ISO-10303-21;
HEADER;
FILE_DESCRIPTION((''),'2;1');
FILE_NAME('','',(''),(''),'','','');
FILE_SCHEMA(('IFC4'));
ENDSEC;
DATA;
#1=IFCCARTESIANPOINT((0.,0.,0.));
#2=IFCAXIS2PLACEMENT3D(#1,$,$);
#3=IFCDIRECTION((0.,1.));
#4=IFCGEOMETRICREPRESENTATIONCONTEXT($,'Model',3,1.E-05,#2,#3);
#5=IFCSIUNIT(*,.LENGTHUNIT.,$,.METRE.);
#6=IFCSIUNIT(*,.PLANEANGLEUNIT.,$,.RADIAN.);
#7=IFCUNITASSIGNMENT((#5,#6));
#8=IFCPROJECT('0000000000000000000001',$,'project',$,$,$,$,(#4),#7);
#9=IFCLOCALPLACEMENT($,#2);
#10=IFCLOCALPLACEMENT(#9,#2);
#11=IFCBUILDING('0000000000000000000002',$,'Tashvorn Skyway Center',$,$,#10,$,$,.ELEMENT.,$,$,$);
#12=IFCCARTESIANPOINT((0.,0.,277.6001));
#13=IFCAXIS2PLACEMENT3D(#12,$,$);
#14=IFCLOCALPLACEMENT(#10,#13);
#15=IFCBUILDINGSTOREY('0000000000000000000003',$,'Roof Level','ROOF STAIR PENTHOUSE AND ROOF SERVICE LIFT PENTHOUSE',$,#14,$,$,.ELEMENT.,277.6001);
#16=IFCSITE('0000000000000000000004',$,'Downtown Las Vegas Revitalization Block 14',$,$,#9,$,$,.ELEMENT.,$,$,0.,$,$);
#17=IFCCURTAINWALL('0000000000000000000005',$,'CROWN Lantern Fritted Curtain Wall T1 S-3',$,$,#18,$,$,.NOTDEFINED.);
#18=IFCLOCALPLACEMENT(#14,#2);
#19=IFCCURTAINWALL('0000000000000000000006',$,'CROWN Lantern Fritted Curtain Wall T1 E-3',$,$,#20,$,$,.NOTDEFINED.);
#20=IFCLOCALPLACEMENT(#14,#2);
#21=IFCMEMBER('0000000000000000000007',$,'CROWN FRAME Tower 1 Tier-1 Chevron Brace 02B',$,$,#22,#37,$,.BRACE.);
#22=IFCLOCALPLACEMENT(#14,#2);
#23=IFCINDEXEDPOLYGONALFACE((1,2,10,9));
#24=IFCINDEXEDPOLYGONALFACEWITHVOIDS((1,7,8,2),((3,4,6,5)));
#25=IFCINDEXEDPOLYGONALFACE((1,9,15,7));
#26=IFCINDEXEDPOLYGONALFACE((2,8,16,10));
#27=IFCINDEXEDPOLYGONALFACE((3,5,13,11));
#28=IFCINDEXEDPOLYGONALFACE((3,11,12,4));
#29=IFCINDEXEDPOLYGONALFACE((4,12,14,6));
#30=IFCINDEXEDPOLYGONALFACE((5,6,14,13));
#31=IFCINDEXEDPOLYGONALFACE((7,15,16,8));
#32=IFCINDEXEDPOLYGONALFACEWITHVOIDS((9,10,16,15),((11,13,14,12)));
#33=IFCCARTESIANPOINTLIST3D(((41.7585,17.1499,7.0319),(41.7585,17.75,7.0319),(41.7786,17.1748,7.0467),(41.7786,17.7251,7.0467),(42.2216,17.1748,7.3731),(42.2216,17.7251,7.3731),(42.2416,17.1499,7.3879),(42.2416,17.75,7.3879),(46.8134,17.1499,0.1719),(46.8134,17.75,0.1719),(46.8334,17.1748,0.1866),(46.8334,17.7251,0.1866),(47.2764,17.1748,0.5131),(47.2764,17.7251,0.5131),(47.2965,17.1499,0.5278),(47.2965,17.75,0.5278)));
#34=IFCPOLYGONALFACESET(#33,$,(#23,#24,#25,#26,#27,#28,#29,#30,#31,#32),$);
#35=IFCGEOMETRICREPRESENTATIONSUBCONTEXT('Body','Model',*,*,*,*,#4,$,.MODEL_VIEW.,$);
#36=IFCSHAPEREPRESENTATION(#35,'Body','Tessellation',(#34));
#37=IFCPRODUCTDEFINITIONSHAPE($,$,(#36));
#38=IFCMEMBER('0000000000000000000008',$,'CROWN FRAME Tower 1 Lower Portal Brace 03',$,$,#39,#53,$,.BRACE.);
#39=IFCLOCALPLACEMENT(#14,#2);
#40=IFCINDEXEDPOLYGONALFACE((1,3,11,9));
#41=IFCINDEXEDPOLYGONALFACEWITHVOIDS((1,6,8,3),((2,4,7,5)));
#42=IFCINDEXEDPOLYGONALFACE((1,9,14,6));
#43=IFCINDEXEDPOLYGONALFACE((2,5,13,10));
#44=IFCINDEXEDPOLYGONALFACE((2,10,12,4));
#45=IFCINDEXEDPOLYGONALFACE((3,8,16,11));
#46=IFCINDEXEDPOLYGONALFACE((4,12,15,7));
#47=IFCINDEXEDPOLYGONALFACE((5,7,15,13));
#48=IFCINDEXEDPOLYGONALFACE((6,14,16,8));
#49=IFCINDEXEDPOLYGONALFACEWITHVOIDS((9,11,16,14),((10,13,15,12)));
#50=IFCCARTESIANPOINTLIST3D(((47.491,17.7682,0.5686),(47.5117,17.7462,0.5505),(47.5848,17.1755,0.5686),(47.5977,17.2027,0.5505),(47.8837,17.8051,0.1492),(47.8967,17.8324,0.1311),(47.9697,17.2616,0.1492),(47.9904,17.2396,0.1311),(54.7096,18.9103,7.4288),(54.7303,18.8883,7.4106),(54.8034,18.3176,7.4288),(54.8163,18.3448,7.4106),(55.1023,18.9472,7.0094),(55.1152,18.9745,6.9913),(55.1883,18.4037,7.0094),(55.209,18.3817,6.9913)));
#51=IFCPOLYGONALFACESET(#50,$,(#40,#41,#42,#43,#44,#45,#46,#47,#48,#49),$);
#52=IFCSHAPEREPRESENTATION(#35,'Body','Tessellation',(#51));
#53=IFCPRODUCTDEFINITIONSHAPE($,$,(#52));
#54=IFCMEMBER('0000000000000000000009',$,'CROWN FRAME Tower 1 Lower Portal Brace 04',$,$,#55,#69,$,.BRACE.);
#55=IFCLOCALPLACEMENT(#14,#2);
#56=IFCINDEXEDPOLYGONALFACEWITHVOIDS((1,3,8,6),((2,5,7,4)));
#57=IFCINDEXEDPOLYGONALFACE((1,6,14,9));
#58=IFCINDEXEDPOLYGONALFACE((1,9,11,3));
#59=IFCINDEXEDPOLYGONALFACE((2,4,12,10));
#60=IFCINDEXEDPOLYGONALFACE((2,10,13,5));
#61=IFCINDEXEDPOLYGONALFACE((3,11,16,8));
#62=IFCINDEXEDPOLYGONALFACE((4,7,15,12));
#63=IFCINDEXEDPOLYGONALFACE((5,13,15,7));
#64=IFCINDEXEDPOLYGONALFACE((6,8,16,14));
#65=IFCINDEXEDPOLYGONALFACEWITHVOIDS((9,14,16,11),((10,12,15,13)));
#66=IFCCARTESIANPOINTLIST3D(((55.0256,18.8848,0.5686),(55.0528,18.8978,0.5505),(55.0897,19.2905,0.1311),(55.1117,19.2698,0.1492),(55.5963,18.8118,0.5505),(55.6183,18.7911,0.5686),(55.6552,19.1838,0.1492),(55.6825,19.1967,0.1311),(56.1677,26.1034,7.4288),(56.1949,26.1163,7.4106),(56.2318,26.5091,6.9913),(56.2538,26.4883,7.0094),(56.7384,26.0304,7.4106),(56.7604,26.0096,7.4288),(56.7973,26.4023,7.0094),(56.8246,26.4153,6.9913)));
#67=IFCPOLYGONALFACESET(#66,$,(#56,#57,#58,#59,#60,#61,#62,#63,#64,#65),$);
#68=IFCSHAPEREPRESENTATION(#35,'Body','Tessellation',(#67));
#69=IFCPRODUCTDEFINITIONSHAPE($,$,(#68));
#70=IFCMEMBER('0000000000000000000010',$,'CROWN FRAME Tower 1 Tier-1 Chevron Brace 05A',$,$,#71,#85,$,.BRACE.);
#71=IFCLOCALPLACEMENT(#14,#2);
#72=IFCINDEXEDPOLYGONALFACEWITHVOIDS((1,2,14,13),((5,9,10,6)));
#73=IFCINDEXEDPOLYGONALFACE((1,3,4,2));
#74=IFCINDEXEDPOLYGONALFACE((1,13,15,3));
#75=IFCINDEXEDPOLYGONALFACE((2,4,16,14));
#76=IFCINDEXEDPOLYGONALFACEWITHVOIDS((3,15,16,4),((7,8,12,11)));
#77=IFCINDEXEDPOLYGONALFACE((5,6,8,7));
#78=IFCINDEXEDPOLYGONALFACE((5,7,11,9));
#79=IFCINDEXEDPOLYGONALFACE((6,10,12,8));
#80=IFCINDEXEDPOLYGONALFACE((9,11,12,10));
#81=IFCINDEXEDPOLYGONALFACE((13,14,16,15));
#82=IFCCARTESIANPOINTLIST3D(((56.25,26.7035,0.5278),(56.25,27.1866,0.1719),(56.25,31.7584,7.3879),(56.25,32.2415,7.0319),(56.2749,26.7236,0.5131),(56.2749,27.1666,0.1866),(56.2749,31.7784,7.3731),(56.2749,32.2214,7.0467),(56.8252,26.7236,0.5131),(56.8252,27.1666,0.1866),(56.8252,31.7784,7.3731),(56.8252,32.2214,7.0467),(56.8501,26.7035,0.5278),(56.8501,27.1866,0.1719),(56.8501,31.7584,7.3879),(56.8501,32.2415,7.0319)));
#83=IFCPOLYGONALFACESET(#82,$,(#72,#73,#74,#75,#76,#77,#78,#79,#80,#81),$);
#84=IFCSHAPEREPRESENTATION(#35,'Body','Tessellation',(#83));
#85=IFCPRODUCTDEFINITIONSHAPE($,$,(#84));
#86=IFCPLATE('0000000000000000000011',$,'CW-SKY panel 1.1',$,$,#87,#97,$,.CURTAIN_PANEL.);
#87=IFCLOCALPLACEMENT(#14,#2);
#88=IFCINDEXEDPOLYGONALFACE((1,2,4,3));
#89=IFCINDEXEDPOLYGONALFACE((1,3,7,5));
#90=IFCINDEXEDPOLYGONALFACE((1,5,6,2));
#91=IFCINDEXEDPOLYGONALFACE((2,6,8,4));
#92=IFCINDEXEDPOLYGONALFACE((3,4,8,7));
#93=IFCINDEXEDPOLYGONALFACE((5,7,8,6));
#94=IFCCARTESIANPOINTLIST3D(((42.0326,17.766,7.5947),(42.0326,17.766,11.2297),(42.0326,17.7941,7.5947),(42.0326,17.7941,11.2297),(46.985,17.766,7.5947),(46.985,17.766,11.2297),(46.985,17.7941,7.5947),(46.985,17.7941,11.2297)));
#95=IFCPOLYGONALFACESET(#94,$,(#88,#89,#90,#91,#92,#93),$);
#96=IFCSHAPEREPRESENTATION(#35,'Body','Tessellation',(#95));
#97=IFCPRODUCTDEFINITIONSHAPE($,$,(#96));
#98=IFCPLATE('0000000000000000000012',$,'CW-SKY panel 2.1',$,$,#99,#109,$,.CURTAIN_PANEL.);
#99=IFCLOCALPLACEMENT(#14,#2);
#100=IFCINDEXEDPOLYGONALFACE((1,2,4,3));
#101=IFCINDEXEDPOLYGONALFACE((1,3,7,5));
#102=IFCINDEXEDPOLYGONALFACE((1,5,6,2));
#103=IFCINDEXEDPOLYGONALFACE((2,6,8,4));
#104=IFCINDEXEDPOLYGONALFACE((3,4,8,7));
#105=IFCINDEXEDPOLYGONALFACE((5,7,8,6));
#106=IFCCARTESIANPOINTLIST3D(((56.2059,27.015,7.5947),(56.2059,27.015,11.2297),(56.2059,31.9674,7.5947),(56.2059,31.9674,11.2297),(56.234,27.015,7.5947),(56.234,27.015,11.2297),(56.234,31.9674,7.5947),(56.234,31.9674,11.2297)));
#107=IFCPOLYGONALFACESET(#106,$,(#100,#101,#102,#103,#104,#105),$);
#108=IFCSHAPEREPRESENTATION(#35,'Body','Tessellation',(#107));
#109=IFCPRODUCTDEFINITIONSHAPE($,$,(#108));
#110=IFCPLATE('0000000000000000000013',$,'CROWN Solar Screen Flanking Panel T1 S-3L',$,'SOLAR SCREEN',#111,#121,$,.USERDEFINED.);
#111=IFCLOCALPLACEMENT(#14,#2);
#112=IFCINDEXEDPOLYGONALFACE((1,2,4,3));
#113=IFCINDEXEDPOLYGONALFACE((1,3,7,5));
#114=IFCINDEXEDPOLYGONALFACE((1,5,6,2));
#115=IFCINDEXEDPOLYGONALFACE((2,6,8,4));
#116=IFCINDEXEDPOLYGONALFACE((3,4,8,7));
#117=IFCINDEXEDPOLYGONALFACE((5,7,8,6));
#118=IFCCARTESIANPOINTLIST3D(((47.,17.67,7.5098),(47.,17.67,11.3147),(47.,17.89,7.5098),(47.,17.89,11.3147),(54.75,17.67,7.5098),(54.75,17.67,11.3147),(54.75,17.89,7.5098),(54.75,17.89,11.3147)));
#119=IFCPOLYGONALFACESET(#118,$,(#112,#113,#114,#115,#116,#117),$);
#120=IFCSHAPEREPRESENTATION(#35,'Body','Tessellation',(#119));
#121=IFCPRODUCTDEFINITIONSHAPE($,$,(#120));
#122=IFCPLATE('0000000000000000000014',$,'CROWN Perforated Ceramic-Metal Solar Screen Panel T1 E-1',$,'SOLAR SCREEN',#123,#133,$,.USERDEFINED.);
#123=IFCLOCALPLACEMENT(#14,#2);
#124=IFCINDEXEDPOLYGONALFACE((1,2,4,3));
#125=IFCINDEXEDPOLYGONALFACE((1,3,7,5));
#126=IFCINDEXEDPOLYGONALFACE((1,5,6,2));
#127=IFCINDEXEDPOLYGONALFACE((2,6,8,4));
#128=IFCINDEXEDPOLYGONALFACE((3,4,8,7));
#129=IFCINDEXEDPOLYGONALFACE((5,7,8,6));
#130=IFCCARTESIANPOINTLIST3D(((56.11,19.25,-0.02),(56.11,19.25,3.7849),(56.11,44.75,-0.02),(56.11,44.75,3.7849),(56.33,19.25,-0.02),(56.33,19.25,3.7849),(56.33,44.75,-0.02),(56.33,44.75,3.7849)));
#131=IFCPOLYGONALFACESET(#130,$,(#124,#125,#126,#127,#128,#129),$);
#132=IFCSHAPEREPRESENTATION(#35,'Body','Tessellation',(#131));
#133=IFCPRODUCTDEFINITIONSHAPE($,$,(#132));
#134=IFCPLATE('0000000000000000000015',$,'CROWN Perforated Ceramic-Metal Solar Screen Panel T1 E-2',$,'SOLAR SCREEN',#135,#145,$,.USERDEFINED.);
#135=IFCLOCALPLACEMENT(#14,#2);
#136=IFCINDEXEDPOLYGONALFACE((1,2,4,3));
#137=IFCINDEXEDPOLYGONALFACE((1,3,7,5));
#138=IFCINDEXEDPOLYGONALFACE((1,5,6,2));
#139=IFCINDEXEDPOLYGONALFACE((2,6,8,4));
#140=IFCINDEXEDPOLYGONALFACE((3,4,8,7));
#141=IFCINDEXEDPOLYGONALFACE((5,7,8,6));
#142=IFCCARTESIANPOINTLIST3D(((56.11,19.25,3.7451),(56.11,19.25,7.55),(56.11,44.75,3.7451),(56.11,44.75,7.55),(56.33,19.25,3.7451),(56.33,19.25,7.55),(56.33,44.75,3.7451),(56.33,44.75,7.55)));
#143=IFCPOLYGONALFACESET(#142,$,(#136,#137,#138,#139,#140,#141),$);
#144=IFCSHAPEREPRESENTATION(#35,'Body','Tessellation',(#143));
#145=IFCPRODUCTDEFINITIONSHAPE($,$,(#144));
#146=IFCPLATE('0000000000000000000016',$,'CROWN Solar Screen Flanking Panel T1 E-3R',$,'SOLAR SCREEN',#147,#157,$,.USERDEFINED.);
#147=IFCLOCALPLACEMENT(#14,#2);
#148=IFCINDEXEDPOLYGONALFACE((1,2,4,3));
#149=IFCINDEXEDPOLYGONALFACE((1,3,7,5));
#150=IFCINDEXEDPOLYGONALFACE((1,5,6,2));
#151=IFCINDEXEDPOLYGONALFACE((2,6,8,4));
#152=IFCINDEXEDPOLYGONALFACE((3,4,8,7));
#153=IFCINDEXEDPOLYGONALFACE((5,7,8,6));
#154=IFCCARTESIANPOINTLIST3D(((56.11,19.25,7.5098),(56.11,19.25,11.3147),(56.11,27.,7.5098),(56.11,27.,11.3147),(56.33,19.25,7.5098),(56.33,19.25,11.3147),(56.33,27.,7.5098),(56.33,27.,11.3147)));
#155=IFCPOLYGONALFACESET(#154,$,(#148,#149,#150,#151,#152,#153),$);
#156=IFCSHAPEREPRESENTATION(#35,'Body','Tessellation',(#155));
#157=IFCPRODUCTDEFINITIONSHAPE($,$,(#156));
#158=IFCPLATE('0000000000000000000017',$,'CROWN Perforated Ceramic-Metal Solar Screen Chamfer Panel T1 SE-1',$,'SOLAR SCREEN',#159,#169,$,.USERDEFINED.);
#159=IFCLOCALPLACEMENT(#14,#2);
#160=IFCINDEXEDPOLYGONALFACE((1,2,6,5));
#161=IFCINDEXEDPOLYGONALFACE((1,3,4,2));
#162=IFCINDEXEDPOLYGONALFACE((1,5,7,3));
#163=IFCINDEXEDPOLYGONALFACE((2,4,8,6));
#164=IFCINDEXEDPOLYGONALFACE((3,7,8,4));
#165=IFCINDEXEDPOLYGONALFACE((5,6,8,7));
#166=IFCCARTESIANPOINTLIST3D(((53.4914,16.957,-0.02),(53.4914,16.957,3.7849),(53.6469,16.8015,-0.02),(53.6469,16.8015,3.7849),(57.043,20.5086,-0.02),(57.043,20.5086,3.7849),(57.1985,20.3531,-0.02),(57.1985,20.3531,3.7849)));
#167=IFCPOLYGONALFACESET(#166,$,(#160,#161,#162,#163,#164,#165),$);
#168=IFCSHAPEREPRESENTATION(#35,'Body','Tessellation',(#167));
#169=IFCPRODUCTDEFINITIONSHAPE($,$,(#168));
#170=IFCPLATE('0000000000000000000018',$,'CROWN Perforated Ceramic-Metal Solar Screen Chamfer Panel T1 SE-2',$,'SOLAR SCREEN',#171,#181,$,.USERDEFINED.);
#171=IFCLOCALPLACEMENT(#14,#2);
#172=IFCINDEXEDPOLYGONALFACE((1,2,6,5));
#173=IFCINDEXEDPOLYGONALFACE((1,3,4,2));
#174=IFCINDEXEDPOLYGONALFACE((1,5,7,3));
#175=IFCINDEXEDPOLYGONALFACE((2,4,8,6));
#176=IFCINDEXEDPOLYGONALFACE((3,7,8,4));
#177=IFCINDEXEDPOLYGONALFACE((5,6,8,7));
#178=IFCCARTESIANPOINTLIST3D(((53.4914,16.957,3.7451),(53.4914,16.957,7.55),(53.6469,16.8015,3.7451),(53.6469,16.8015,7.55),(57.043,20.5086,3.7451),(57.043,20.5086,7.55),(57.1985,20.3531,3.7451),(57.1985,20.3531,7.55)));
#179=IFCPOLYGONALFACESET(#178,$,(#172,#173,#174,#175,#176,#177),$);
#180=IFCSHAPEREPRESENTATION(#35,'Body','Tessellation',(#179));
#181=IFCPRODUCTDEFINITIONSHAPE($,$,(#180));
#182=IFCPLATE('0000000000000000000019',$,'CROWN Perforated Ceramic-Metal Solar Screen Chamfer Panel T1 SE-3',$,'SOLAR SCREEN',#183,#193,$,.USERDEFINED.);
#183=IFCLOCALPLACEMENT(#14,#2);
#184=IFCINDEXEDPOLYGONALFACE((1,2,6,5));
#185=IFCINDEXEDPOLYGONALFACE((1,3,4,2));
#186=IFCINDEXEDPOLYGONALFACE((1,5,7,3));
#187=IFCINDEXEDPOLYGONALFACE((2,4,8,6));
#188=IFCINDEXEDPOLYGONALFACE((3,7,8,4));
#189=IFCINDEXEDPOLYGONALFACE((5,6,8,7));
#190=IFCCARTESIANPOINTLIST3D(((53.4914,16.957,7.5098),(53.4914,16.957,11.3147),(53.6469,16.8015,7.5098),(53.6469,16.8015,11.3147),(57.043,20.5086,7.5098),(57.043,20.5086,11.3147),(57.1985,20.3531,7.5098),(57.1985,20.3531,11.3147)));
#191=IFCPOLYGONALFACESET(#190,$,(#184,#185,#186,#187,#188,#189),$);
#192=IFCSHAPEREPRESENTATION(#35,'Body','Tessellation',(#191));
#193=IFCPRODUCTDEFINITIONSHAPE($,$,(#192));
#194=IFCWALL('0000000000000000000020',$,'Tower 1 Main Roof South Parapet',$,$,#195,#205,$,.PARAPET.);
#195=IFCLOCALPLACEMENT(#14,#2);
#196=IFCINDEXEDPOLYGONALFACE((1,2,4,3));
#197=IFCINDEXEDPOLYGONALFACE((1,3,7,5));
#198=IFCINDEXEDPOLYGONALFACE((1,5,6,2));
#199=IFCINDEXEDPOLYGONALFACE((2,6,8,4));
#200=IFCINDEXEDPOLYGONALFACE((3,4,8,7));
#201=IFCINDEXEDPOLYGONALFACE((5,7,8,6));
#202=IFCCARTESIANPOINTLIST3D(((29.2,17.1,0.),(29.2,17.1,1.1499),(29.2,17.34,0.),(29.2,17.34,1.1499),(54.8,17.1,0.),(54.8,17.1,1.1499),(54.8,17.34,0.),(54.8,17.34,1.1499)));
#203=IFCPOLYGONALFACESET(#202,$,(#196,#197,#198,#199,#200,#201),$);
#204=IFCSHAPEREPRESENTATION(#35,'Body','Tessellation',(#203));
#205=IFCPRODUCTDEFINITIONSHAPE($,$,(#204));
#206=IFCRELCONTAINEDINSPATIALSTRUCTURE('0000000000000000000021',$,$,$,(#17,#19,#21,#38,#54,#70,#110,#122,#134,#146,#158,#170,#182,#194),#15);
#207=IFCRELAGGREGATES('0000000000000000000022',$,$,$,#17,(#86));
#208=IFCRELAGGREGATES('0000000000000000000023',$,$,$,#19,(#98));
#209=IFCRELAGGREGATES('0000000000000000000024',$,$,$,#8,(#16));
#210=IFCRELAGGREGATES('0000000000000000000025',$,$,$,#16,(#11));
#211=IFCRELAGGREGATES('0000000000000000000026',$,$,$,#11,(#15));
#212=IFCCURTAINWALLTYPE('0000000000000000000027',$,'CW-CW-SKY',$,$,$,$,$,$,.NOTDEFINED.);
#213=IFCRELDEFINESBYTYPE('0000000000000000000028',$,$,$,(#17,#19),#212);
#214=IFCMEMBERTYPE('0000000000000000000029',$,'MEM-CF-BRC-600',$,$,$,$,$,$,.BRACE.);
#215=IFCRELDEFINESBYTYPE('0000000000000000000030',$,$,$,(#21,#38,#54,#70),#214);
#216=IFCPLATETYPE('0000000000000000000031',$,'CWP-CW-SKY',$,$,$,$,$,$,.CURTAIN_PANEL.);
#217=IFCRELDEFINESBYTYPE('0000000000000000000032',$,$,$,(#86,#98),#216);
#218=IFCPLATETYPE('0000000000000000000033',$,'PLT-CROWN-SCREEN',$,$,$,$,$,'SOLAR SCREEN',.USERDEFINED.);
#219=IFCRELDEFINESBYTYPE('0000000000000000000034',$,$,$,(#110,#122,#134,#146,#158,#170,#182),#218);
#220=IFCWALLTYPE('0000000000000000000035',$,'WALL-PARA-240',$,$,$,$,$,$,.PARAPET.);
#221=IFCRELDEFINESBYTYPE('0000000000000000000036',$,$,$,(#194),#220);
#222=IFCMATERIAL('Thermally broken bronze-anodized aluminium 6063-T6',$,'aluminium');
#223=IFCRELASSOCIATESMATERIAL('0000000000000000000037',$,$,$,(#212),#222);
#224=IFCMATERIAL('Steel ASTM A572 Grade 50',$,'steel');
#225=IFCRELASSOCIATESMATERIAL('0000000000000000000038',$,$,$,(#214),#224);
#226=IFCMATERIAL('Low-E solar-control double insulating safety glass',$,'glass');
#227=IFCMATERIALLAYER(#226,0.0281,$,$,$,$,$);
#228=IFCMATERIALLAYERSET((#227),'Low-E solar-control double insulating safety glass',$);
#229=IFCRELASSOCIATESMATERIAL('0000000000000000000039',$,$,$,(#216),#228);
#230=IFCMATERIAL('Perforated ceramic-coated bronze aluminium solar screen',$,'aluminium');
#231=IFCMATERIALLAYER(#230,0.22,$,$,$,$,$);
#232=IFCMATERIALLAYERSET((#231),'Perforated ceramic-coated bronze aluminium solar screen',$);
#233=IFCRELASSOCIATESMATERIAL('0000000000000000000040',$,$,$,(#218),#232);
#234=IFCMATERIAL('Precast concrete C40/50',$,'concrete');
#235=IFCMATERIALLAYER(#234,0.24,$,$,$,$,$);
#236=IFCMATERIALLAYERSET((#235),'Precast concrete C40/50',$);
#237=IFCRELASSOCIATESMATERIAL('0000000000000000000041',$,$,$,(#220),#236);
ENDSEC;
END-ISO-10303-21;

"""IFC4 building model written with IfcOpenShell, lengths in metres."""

from ifc_helpers import new_model, si_unit, direction, frame, frame_2d, origin, origin_2d, place, context, subcontext, project, spatial, rectangle, hollow_rectangle, extrude, material, layer, layer_set, material_profile, profile_set, type_object, element, aggregate, save


model = new_model("IFC4")

# Units and contexts
model_context = context("Model", 3, precision=1e-05, world=origin(), true_north=direction((0.0, 1.0)))
body_context = subcontext(model_context, "Body", "Model", "MODEL_VIEW")
ifc_project = project(units=[si_unit("LENGTHUNIT", "METRE"), si_unit("PLANEANGLEUNIT", "RADIAN")], contexts=[model_context])

# Site, building, storey
site_placement = place(None, origin())
site = spatial("IfcSite", under=ifc_project, at=site_placement, Name="Downtown Las Vegas Revitalization Block 14", CompositionType="ELEMENT", RefElevation=0.0)
building_placement = place(site_placement, origin())
building = spatial("IfcBuilding", under=site, at=building_placement, Name="Tashvorn Skyway Center", CompositionType="ELEMENT")
storey_placement = place(building_placement, frame((0.0, 0.0, 277.6001)))
storey = spatial("IfcBuildingStorey", under=building, at=storey_placement, Name="Roof Level", Description="ROOF STAIR PENTHOUSE AND ROOF SERVICE LIFT PENTHOUSE", CompositionType="ELEMENT", Elevation=277.6001)

# Shared definitions
ifc_material_1 = material(Name="Steel ASTM A572 Grade 50", Category="steel")

# Curtain wall
ifc_material_2 = material(Name="Thermally broken bronze-anodized aluminium 6063-T6", Category="aluminium")
curtain_wall_type = type_object("IfcCurtainWallType", Name="CW-CW-SKY", PredefinedType="NOTDEFINED", material=ifc_material_2)
curtain_wall_1_placement = place(storey_placement, origin())
curtain_wall_1 = element("IfcCurtainWall", 1, at=curtain_wall_1_placement, inside=storey, type_object=curtain_wall_type, Name="CROWN Lantern Fritted Curtain Wall T1 S-3", PredefinedType="NOTDEFINED")

# Curtain wall
curtain_wall_2_placement = place(storey_placement, origin())
curtain_wall_2 = element("IfcCurtainWall", 2, at=curtain_wall_2_placement, inside=storey, type_object=curtain_wall_type, Name="CROWN Lantern Fritted Curtain Wall T1 E-3", PredefinedType="NOTDEFINED")

# Members
ifc_material_profile_1 = material_profile(ifc_material_1, hollow_rectangle(XDim=0.6001, YDim=0.6001, WallThickness=0.0249, at=origin_2d()), Name="BOX600x600x25")
ifc_profile_set_1 = profile_set([ifc_material_profile_1], Name="Steel ASTM A572 Grade 50")
member_type_1 = type_object("IfcMemberType", Name="MEM-CF-BRC-600", PredefinedType="BRACE", material=ifc_profile_set_1)
member_1_placement = place(storey_placement, frame((47.0549, 17.45, 0.3499), z_axis=(-0.593208, 0.0, 0.805049), x_axis=(0.0, -1.0, 0.0)))
element("IfcMember", 3, at=member_1_placement, inside=storey, type_object=member_type_1, Name="CROWN FRAME Tower 1 Tier-1 Chevron Brace 02B", PredefinedType="BRACE", context=body_context, shape_type="SweptSolid", body=[
    extrude(hollow_rectangle(XDim=0.6001, YDim=0.6001, WallThickness=0.0249, at=origin_2d()), origin(), (0.0, 0.0, 1.0), 8.5212),
])
for number, where, z_axis, x_axis, name in (
    (4, (47.7407, 17.5039, 0.3499), (0.720152, 0.11394, 0.684397), (-0.156273, 0.987714, 0.0), "CROWN FRAME Tower 1 Lower Portal Brace 03"),
    (5, (55.354, 19.0408, 0.3499), (0.11394, 0.720152, 0.684397), (-0.987714, 0.156273, 0.0), "CROWN FRAME Tower 1 Lower Portal Brace 04"),
):
    element("IfcMember", number, at=place(storey_placement, frame(where, z_axis=z_axis, x_axis=x_axis)), inside=storey, type_object=member_type_1, Name=name, PredefinedType="BRACE", context=body_context, shape_type="SweptSolid", body=[
        extrude(hollow_rectangle(XDim=0.6001, YDim=0.6001, WallThickness=0.0249, at=origin_2d()), origin(), (0.0, 0.0, 1.0), 10.0237),
    ])
member_2_placement = place(storey_placement, frame((56.55, 26.9451, 0.3499), z_axis=(0.0, 0.593208, 0.805049), x_axis=(-1.0, 0.0, 0.0)))
element("IfcMember", 6, at=member_2_placement, inside=storey, type_object=member_type_1, Name="CROWN FRAME Tower 1 Tier-1 Chevron Brace 05A", PredefinedType="BRACE", context=body_context, shape_type="SweptSolid", body=[
    extrude(hollow_rectangle(XDim=0.6001, YDim=0.6001, WallThickness=0.0249, at=origin_2d()), origin(), (0.0, 0.0, 1.0), 8.5212),
])

# Plates
ifc_material_3 = material(Name="Low-E solar-control double insulating safety glass", Category="glass")
ifc_layer_1 = layer(ifc_material_3, 0.0281)
ifc_layer_set_1 = layer_set([ifc_layer_1], Name="Low-E solar-control double insulating safety glass")
plate_type_1 = type_object("IfcPlateType", Name="CWP-CW-SKY", PredefinedType="CURTAIN_PANEL", material=ifc_layer_set_1)
plate_1_placement = place(storey_placement, frame((44.5088, 17.78, 7.5947), z_axis=(0.0, 0.0, 1.0), x_axis=(-1.0, 0.0, 0.0)))
plate_1 = element("IfcPlate", 7, at=plate_1_placement, type_object=plate_type_1, Name="CW-SKY panel 1.1", PredefinedType="CURTAIN_PANEL", context=body_context, shape_type="SweptSolid", body=[
    extrude(rectangle(XDim=4.9524, YDim=0.0281, at=origin_2d()), origin(), (0.0, 0.0, 1.0), 3.635),
])
aggregate(curtain_wall_1, [plate_1])
plate_2_placement = place(storey_placement, frame((56.22, 29.4912, 7.5947), z_axis=(0.0, 0.0, 1.0), x_axis=(0.0, -1.0, 0.0)))
plate_2 = element("IfcPlate", 8, at=plate_2_placement, type_object=plate_type_1, Name="CW-SKY panel 2.1", PredefinedType="CURTAIN_PANEL", context=body_context, shape_type="SweptSolid", body=[
    extrude(rectangle(XDim=4.9524, YDim=0.0281, at=origin_2d()), origin(), (0.0, 0.0, 1.0), 3.635),
])
aggregate(curtain_wall_2, [plate_2])

# Plates
ifc_material_4 = material(Name="Perforated ceramic-coated bronze aluminium solar screen", Category="aluminium")
ifc_layer_2 = layer(ifc_material_4, 0.22)
ifc_layer_set_2 = layer_set([ifc_layer_2], Name="Perforated ceramic-coated bronze aluminium solar screen")
plate_type_2 = type_object("IfcPlateType", Name="PLT-CROWN-SCREEN", ElementType="SOLAR SCREEN", PredefinedType="USERDEFINED", material=ifc_layer_set_2)
plate_3_placement = place(storey_placement, frame((50.875, 17.78, 7.5098), z_axis=(0.0, 0.0, 1.0), x_axis=(1.0, 0.0, 0.0)))
element("IfcPlate", 9, at=plate_3_placement, inside=storey, type_object=plate_type_2, Name="CROWN Solar Screen Flanking Panel T1 S-3L", ObjectType="SOLAR SCREEN", PredefinedType="USERDEFINED", context=body_context, shape_type="SweptSolid", body=[
    extrude(rectangle(XDim=7.75, YDim=0.22, at=origin_2d()), origin(), (0.0, 0.0, 1.0), 3.8049),
])
for number, where, z_axis, x_axis, name in (
    (10, (56.22, 32.0, -0.02), (0.0, 0.0, 1.0), (0.0, 1.0, 0.0), "CROWN Perforated Ceramic-Metal Solar Screen Panel T1 E-1"),
    (11, (56.22, 32.0, 3.7451), (0.0, 0.0, 1.0), (0.0, 1.0, 0.0), "CROWN Perforated Ceramic-Metal Solar Screen Panel T1 E-2"),
):
    element("IfcPlate", number, at=place(storey_placement, frame(where, z_axis=z_axis, x_axis=x_axis)), inside=storey, type_object=plate_type_2, Name=name, ObjectType="SOLAR SCREEN", PredefinedType="USERDEFINED", context=body_context, shape_type="SweptSolid", body=[
        extrude(rectangle(XDim=25.5, YDim=0.22, at=origin_2d()), origin(), (0.0, 0.0, 1.0), 3.8049),
    ])
plate_4_placement = place(storey_placement, frame((56.22, 23.125, 7.5098), z_axis=(0.0, 0.0, 1.0), x_axis=(0.0, 1.0, 0.0)))
element("IfcPlate", 12, at=plate_4_placement, inside=storey, type_object=plate_type_2, Name="CROWN Solar Screen Flanking Panel T1 E-3R", ObjectType="SOLAR SCREEN", PredefinedType="USERDEFINED", context=body_context, shape_type="SweptSolid", body=[
    extrude(rectangle(XDim=7.75, YDim=0.22, at=origin_2d()), origin(), (0.0, 0.0, 1.0), 3.8049),
])
for number, where, z_axis, x_axis, name in (
    (13, (55.345, 18.655, -0.02), (0.0, 0.0, 1.0), (0.707107, 0.707107, 0.0), "CROWN Perforated Ceramic-Metal Solar Screen Chamfer Panel T1 SE-1"),
    (14, (55.345, 18.655, 3.7451), (0.0, 0.0, 1.0), (0.707107, 0.707107, 0.0), "CROWN Perforated Ceramic-Metal Solar Screen Chamfer Panel T1 SE-2"),
    (15, (55.345, 18.655, 7.5098), (0.0, 0.0, 1.0), (0.707107, 0.707107, 0.0), "CROWN Perforated Ceramic-Metal Solar Screen Chamfer Panel T1 SE-3"),
):
    element("IfcPlate", number, at=place(storey_placement, frame(where, z_axis=z_axis, x_axis=x_axis)), inside=storey, type_object=plate_type_2, Name=name, ObjectType="SOLAR SCREEN", PredefinedType="USERDEFINED", context=body_context, shape_type="SweptSolid", body=[
        extrude(rectangle(XDim=5.0227, YDim=0.22, at=origin_2d()), origin(), (0.0, 0.0, 1.0), 3.8049),
    ])

# Wall
ifc_material_5 = material(Name="Precast concrete C40/50", Category="concrete")
ifc_layer_3 = layer(ifc_material_5, 0.24)
ifc_layer_set_3 = layer_set([ifc_layer_3], Name="Precast concrete C40/50")
wall_type_1 = type_object("IfcWallType", Name="WALL-PARA-240", PredefinedType="PARAPET", material=ifc_layer_set_3)
wall_1_placement = place(storey_placement, frame((54.8, 17.22, 0.0), z_axis=(0.0, 0.0, 1.0), x_axis=(-1.0, 0.0, 0.0)))
element("IfcWall", 16, at=wall_1_placement, inside=storey, type_object=wall_type_1, Name="Tower 1 Main Roof South Parapet", PredefinedType="PARAPET", context=body_context, shape_type="SweptSolid", body=[
    extrude(rectangle(XDim=25.6001, YDim=0.24, at=frame_2d((12.8, 0.0))), origin(), (0.0, 0.0, 1.0), 1.1499),
])

save(model, "model.ifc")
